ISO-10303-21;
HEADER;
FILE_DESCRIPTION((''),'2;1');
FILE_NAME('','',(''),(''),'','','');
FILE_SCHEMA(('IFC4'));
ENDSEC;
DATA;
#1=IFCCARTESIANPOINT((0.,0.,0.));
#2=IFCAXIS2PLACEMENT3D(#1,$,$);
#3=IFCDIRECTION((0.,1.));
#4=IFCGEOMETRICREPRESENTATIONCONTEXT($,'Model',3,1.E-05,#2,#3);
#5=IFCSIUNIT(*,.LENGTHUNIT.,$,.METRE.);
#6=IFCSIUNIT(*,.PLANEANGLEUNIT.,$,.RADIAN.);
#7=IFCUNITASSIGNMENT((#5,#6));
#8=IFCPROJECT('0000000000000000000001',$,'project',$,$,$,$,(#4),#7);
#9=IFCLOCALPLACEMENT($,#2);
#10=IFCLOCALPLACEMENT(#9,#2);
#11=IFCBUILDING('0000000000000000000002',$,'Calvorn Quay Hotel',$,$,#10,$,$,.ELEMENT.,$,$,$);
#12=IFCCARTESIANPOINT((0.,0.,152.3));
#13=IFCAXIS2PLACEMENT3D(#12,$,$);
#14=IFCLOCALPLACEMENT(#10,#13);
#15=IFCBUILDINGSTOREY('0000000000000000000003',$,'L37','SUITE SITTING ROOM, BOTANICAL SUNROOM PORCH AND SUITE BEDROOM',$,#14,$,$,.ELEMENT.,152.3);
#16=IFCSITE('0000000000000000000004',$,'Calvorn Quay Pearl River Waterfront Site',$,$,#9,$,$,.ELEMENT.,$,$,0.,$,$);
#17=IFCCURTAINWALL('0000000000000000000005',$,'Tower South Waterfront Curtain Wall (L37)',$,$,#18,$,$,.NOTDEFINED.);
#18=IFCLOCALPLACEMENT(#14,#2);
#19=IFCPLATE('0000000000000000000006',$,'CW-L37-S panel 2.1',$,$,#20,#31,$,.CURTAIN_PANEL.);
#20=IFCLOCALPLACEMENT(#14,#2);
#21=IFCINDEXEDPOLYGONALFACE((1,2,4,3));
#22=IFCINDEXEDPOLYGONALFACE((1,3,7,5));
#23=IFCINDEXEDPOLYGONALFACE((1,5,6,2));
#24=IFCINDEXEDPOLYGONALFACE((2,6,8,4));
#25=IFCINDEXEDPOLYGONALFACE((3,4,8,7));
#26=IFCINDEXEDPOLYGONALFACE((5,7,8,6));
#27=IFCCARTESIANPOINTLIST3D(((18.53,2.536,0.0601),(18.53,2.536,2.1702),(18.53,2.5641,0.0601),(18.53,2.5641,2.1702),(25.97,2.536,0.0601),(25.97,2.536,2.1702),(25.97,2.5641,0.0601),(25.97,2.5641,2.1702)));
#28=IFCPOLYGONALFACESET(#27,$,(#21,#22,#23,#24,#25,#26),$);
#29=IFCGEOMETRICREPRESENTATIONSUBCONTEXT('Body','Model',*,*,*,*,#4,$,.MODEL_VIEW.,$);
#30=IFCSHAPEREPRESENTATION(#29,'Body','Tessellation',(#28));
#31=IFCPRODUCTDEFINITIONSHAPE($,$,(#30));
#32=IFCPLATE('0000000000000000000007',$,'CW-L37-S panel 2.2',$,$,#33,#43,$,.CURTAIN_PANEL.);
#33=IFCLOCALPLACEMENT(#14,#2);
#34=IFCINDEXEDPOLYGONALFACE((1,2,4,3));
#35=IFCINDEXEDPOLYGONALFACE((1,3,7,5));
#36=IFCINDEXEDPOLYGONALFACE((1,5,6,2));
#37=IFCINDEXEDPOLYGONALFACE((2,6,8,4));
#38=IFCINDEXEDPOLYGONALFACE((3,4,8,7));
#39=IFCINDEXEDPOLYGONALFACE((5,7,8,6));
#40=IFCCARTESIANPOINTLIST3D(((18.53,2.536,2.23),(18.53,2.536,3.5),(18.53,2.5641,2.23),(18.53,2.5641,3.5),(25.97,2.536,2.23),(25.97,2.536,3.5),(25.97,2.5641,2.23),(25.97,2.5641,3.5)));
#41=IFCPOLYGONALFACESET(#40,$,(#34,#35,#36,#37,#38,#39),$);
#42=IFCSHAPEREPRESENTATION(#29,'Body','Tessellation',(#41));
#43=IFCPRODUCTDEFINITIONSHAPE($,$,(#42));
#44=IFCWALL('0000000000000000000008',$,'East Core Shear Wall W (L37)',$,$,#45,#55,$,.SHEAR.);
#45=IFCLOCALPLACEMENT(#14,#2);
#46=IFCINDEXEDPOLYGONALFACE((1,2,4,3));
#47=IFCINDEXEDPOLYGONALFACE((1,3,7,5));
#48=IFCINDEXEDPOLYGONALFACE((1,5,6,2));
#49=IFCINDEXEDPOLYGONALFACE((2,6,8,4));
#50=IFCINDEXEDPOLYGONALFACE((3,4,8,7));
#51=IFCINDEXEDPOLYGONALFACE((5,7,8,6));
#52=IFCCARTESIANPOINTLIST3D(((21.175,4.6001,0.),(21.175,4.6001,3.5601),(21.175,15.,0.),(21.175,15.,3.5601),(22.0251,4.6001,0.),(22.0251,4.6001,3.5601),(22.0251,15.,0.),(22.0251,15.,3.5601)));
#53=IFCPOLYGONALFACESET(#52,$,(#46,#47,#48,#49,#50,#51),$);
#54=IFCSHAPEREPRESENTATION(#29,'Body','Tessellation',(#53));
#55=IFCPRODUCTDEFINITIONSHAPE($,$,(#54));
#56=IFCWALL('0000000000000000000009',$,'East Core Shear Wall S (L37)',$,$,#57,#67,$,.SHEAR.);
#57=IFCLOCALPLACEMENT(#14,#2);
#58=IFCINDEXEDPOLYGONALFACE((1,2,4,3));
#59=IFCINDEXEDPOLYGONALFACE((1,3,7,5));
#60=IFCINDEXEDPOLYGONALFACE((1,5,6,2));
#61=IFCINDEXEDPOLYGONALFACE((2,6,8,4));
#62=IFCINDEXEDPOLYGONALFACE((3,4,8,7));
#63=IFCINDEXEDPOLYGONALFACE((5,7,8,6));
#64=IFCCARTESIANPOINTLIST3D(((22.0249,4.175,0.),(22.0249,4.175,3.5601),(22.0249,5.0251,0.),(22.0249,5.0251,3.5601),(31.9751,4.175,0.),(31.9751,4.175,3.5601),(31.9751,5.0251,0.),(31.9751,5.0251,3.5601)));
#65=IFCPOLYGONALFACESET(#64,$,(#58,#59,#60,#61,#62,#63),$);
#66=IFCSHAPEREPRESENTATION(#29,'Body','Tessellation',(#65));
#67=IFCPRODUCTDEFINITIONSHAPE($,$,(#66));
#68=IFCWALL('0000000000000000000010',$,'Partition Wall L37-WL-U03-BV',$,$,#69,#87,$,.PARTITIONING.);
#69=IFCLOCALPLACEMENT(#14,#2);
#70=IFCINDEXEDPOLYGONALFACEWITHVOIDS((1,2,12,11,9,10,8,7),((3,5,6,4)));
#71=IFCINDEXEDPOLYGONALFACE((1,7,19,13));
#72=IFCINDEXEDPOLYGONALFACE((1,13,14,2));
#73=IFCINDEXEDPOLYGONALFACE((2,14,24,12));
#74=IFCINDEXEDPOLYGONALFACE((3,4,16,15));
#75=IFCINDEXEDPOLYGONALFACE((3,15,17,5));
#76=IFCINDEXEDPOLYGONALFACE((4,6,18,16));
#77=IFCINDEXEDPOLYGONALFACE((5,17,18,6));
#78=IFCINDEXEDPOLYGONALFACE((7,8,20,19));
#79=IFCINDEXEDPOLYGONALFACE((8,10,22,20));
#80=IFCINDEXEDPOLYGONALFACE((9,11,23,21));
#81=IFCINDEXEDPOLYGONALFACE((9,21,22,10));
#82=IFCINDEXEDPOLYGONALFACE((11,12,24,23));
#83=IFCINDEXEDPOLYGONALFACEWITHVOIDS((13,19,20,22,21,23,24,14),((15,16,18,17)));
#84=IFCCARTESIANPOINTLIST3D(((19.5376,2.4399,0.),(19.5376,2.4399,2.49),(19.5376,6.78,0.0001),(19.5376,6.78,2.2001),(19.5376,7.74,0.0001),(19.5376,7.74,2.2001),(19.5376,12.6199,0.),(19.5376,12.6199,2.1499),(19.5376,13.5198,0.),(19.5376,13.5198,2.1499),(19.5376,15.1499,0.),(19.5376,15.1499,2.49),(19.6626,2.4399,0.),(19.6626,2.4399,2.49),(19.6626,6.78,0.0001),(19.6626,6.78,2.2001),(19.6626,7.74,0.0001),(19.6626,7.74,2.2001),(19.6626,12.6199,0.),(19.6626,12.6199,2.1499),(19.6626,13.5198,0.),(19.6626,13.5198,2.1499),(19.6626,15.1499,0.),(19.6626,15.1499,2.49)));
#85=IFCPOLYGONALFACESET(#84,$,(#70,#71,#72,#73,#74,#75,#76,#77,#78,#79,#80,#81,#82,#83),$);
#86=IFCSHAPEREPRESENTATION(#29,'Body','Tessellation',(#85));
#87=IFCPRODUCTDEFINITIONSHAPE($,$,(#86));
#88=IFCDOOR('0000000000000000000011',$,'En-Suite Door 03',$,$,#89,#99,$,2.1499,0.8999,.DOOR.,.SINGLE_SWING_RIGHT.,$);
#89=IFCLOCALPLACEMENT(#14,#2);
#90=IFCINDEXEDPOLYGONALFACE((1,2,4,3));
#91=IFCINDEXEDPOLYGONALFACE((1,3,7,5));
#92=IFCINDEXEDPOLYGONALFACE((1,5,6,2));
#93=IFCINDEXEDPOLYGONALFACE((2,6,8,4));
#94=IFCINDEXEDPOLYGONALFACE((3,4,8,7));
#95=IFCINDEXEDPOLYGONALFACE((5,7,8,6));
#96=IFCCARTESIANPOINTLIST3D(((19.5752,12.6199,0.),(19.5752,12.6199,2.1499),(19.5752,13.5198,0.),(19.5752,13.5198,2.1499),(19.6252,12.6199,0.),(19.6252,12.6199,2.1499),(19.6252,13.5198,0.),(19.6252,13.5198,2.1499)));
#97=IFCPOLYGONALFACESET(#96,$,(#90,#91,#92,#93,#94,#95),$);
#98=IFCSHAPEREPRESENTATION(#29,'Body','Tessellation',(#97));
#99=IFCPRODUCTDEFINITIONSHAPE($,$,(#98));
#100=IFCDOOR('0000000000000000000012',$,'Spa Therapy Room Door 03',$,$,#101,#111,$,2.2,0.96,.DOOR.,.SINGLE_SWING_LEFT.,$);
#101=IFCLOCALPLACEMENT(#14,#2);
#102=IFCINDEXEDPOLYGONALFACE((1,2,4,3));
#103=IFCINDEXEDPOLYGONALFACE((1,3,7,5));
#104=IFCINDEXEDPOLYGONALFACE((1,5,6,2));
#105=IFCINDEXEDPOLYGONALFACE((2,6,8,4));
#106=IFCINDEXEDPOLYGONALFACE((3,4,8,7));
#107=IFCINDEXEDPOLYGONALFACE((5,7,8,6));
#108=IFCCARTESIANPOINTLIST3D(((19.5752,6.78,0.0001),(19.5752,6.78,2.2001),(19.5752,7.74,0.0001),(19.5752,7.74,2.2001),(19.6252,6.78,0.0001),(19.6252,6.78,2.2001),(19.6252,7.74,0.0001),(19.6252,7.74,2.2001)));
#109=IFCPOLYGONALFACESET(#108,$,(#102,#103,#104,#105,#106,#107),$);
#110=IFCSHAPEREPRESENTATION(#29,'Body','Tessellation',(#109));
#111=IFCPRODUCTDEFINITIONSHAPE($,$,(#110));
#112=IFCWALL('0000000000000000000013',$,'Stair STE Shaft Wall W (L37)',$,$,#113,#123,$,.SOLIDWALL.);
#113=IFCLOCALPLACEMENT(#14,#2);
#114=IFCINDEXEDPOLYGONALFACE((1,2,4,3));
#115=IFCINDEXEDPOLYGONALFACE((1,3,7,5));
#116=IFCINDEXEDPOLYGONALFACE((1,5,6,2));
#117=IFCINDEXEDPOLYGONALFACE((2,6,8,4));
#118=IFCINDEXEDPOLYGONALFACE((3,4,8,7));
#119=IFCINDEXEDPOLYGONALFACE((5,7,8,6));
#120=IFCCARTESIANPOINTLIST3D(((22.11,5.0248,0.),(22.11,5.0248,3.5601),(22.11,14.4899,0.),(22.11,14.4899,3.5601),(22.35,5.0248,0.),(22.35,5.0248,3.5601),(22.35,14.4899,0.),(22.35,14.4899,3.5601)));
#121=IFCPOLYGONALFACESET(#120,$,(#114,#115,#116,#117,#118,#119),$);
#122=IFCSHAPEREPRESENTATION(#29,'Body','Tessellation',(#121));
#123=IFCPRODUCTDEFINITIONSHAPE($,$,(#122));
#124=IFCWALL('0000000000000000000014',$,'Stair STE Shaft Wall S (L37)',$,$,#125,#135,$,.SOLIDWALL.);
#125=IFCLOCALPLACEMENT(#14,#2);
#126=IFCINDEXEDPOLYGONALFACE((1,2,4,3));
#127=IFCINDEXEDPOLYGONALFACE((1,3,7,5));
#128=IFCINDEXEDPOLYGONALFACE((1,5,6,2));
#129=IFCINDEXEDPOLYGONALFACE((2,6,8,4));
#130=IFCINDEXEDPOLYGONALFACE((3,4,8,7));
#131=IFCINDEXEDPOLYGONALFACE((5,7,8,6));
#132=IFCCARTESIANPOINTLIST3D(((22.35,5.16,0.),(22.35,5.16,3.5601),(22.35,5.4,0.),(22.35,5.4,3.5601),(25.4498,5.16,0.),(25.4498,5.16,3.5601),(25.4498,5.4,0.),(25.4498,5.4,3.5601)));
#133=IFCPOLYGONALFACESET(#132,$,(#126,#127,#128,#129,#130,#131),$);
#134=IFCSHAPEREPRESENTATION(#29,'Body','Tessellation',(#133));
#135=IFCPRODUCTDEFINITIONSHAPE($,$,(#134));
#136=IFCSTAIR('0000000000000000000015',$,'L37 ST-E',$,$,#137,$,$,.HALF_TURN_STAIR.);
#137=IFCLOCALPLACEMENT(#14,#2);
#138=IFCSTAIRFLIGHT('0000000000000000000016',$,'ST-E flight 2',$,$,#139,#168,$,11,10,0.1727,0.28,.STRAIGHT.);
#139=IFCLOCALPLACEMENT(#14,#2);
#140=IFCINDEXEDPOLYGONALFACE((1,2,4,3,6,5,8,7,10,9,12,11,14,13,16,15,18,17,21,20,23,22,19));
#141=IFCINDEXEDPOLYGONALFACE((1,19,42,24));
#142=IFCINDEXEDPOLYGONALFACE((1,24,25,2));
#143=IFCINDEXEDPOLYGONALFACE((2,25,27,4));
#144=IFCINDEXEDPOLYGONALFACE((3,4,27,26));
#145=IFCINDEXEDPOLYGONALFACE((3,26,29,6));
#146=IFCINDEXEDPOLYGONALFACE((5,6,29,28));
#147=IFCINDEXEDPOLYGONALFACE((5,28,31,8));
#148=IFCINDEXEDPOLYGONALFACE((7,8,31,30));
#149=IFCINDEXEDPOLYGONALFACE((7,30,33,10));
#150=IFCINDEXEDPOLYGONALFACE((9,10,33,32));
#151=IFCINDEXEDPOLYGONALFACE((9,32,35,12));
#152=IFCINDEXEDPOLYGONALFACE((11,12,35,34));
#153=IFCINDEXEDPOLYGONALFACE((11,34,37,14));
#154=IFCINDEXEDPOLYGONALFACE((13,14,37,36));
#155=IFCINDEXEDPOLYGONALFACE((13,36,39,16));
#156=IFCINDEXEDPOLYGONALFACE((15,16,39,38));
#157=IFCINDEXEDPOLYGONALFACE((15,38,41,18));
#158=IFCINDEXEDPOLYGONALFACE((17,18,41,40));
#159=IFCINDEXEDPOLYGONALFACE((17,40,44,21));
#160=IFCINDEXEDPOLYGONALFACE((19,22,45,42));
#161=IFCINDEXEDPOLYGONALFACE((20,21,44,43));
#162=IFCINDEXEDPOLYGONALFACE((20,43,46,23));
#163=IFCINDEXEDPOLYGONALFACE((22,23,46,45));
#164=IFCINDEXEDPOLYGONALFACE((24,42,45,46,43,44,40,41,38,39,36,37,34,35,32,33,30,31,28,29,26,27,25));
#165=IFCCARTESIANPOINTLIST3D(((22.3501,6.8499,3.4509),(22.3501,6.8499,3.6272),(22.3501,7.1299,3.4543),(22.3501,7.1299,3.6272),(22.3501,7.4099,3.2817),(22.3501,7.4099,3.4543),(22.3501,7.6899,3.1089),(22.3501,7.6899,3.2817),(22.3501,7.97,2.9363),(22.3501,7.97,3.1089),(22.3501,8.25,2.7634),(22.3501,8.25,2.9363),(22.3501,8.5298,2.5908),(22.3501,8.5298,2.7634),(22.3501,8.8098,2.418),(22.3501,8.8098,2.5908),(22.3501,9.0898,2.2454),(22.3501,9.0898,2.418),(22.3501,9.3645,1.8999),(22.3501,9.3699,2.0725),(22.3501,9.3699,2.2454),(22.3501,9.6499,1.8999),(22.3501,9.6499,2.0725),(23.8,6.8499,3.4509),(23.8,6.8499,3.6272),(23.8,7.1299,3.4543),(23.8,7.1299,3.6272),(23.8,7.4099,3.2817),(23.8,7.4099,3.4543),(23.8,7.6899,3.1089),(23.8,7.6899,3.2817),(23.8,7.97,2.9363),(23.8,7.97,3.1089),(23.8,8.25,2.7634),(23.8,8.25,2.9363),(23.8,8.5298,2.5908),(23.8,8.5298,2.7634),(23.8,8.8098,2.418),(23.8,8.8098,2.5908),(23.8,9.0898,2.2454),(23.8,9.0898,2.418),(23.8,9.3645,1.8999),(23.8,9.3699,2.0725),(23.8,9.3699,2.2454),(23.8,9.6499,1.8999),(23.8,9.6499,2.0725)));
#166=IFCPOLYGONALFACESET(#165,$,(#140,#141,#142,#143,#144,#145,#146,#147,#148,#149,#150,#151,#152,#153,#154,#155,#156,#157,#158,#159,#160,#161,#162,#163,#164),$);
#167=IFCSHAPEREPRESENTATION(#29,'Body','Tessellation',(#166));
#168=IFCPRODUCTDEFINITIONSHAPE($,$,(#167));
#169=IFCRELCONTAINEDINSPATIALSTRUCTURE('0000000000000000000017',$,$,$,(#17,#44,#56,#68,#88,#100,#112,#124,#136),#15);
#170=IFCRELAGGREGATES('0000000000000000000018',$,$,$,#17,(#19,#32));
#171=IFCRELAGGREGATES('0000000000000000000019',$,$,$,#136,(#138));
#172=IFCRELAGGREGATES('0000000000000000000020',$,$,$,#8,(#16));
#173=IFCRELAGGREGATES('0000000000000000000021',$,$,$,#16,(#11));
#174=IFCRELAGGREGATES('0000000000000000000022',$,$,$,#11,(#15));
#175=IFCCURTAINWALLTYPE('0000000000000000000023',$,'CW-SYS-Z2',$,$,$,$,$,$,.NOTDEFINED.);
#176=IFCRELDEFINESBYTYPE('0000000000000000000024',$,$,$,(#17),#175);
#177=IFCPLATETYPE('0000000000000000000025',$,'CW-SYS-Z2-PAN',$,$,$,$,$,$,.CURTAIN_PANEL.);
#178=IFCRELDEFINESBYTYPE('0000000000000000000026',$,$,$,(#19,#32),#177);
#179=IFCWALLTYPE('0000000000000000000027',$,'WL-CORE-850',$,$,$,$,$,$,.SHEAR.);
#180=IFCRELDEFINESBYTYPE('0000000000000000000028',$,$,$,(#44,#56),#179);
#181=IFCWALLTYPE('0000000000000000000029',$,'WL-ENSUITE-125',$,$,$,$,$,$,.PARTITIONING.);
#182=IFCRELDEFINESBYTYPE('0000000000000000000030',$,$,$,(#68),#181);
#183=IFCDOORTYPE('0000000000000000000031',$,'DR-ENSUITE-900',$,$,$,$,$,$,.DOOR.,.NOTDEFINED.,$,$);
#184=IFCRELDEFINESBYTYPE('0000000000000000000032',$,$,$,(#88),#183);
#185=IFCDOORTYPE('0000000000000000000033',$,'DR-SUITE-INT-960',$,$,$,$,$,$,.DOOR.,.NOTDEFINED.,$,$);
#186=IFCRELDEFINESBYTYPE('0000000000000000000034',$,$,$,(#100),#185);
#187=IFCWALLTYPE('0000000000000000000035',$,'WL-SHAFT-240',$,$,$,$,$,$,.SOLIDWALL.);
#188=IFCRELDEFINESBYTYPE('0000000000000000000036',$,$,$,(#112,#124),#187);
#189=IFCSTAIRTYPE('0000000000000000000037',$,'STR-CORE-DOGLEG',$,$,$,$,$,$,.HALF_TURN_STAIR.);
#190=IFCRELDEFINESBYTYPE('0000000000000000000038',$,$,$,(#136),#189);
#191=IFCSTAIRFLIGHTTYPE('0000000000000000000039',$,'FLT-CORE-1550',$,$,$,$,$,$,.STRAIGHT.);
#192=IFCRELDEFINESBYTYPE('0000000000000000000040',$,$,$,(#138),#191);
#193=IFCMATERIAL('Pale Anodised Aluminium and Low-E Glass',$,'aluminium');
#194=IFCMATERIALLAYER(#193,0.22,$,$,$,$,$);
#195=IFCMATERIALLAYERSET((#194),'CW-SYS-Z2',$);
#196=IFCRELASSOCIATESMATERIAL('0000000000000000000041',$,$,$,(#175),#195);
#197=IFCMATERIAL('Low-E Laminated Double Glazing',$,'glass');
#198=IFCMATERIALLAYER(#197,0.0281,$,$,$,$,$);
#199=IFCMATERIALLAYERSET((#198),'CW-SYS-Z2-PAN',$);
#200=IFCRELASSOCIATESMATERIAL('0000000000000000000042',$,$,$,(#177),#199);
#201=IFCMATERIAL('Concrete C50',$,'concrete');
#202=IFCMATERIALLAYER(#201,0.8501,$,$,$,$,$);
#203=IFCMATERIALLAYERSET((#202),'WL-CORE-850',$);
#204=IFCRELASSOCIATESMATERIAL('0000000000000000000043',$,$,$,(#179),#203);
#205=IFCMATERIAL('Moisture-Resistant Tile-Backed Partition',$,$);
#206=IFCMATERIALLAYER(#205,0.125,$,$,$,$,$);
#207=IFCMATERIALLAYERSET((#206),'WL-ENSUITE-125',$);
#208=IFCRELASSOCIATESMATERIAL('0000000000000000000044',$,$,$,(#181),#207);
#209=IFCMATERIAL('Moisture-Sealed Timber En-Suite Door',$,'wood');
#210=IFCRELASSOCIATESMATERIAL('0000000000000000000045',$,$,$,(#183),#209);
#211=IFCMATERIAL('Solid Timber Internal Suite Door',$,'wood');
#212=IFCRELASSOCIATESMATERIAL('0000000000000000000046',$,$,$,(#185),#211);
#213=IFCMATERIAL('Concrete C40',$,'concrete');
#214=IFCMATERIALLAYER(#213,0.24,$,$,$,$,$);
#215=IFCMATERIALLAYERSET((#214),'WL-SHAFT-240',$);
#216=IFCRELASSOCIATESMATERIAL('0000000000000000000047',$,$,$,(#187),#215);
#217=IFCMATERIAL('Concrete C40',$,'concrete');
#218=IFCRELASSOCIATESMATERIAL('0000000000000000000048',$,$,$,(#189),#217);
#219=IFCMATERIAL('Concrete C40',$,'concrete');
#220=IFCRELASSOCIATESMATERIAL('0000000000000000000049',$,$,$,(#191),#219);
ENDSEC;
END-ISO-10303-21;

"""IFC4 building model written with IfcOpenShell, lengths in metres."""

from ifc_helpers import new_model, si_unit, direction, frame, frame_2d, origin, origin_2d, place, context, subcontext, project, spatial, polyline, rectangle, outline, extrude, material, layer, layer_set, type_object, element, fill, aggregate, save


model = new_model("IFC4")

# Units and contexts
model_context = context("Model", 3, precision=1e-05, world=origin(), true_north=direction((0.0, 1.0)))
body_context = subcontext(model_context, "Body", "Model", "MODEL_VIEW")
ifc_project = project(units=[si_unit("LENGTHUNIT", "METRE"), si_unit("PLANEANGLEUNIT", "RADIAN")], contexts=[model_context])

# Site, building, storey
site_placement = place(None, origin())
site = spatial("IfcSite", under=ifc_project, at=site_placement, Name="Calvorn Quay Pearl River Waterfront Site", CompositionType="ELEMENT", RefElevation=0.0)
building_placement = place(site_placement, origin())
building = spatial("IfcBuilding", under=site, at=building_placement, Name="Calvorn Quay Hotel", CompositionType="ELEMENT")
storey_placement = place(building_placement, frame((0.0, 0.0, 152.3)))
storey = spatial("IfcBuildingStorey", under=building, at=storey_placement, Name="L37", Description="SUITE SITTING ROOM, BOTANICAL SUNROOM PORCH AND SUITE BEDROOM", CompositionType="ELEMENT", Elevation=152.3)

# Curtain wall, plates
ifc_material_1 = material(Name="Pale Anodised Aluminium and Low-E Glass", Category="aluminium")
ifc_layer_1 = layer(ifc_material_1, 0.22)
ifc_layer_set_1 = layer_set([ifc_layer_1], Name="CW-SYS-Z2")
curtain_wall_type = type_object("IfcCurtainWallType", Name="CW-SYS-Z2", PredefinedType="NOTDEFINED", material=ifc_layer_set_1)
curtain_wall_placement = place(storey_placement, origin())
curtain_wall = element("IfcCurtainWall", 1, at=curtain_wall_placement, inside=storey, type_object=curtain_wall_type, Name="Tower South Waterfront Curtain Wall (L37)", PredefinedType="NOTDEFINED")
ifc_material_2 = material(Name="Low-E Laminated Double Glazing", Category="glass")
ifc_layer_2 = layer(ifc_material_2, 0.0281)
ifc_layer_set_2 = layer_set([ifc_layer_2], Name="CW-SYS-Z2-PAN")
plate_type = type_object("IfcPlateType", Name="CW-SYS-Z2-PAN", PredefinedType="CURTAIN_PANEL", material=ifc_layer_set_2)
plate_1_placement = place(storey_placement, frame((22.25, 2.55, 0.0601), z_axis=(0.0, 0.0, 1.0), x_axis=(1.0, 0.0, 0.0)))
plate_1 = element("IfcPlate", 2, at=plate_1_placement, type_object=plate_type, Name="CW-L37-S panel 2.1", PredefinedType="CURTAIN_PANEL", context=body_context, shape_type="SweptSolid", body=[
    extrude(rectangle(XDim=7.4399, YDim=0.0281, at=origin_2d()), origin(), (0.0, 0.0, 1.0), 2.1101),
])
plate_2_placement = place(storey_placement, frame((22.25, 2.55, 2.23), z_axis=(0.0, 0.0, 1.0), x_axis=(1.0, 0.0, 0.0)))
plate_2 = element("IfcPlate", 3, at=plate_2_placement, type_object=plate_type, Name="CW-L37-S panel 2.2", PredefinedType="CURTAIN_PANEL", context=body_context, shape_type="SweptSolid", body=[
    extrude(rectangle(XDim=7.4399, YDim=0.0281, at=origin_2d()), origin(), (0.0, 0.0, 1.0), 1.27),
])
aggregate(curtain_wall, [plate_1, plate_2])

# Walls
ifc_material_3 = material(Name="Concrete C50", Category="concrete")
ifc_layer_3 = layer(ifc_material_3, 0.8501)
ifc_layer_set_3 = layer_set([ifc_layer_3], Name="WL-CORE-850")
wall_type_1 = type_object("IfcWallType", Name="WL-CORE-850", PredefinedType="SHEAR", material=ifc_layer_set_3)
wall_1_placement = place(storey_placement, frame((21.6001, 4.6001, 0.0), z_axis=(0.0, 0.0, 1.0), x_axis=(0.0, 1.0, 0.0)))
element("IfcWall", 4, at=wall_1_placement, inside=storey, type_object=wall_type_1, Name="East Core Shear Wall W (L37)", PredefinedType="SHEAR", context=body_context, shape_type="SweptSolid", body=[
    extrude(rectangle(XDim=10.3999, YDim=0.8501, at=frame_2d((5.2, 0.0))), origin(), (0.0, 0.0, 1.0), 3.5601),
])
wall_2_placement = place(storey_placement, frame((22.0249, 4.6001, 0.0), z_axis=(0.0, 0.0, 1.0), x_axis=(1.0, 0.0, 0.0)))
element("IfcWall", 5, at=wall_2_placement, inside=storey, type_object=wall_type_1, Name="East Core Shear Wall S (L37)", PredefinedType="SHEAR", context=body_context, shape_type="SweptSolid", body=[
    extrude(rectangle(XDim=9.9502, YDim=0.8501, at=frame_2d((4.9751, 0.0))), origin(), (0.0, 0.0, 1.0), 3.5601),
])

# Wall, openings, doors
ifc_material_4 = material(Name="Moisture-Resistant Tile-Backed Partition")
ifc_layer_4 = layer(ifc_material_4, 0.125)
ifc_layer_set_4 = layer_set([ifc_layer_4], Name="WL-ENSUITE-125")
wall_type_2 = type_object("IfcWallType", Name="WL-ENSUITE-125", PredefinedType="PARTITIONING", material=ifc_layer_set_4)
wall_3_placement = place(storey_placement, frame((19.6001, 2.4399, 0.0), z_axis=(0.0, 0.0, 1.0), x_axis=(0.0, 1.0, 0.0)))
wall_3 = element("IfcWall", 6, at=wall_3_placement, inside=storey, type_object=wall_type_2, Name="Partition Wall L37-WL-U03-BV", PredefinedType="PARTITIONING", context=body_context, shape_type="SweptSolid", body=[
    extrude(rectangle(XDim=12.71, YDim=0.125, at=frame_2d((6.355, 0.0))), origin(), (0.0, 0.0, 1.0), 2.49),
])
opening_1_placement = place(wall_3_placement, frame((4.3401, 0.0, 0.0)))
opening_1 = element("IfcOpeningElement", 7, at=opening_1_placement, cuts=wall_3, PredefinedType="OPENING", context=body_context, shape_type="SweptSolid", body=[
    extrude(rectangle(XDim=0.96, YDim=2.2, at=frame_2d((0.48, 1.1001))), frame((0.0, 0.0725, 0.0), z_axis=(0.0, -1.0, 0.0), x_axis=(1.0, 0.0, 0.0)), (0.0, 0.0, 1.0), 0.145),
])
opening_2_placement = place(wall_3_placement, frame((10.1799, 0.0, 0.0)))
opening_2 = element("IfcOpeningElement", 8, at=opening_2_placement, cuts=wall_3, PredefinedType="OPENING", context=body_context, shape_type="SweptSolid", body=[
    extrude(rectangle(XDim=0.8999, YDim=2.1499, at=frame_2d((0.45, 1.075))), frame((0.0, 0.0725, 0.0), z_axis=(0.0, -1.0, 0.0), x_axis=(1.0, 0.0, 0.0)), (0.0, 0.0, 1.0), 0.145),
])
ifc_material_5 = material(Name="Moisture-Sealed Timber En-Suite Door", Category="wood")
door_type_1 = type_object("IfcDoorType", Name="DR-ENSUITE-900", OperationType="NOTDEFINED", PredefinedType="DOOR", material=ifc_material_5)
door_1_placement = place(opening_2_placement, origin())
door_1 = element("IfcDoor", 9, at=door_1_placement, inside=storey, type_object=door_type_1, Name="En-Suite Door 03", OperationType="SINGLE_SWING_RIGHT", OverallHeight=2.1499, OverallWidth=0.8999, PredefinedType="DOOR", context=body_context, shape_type="SweptSolid", body=[
    extrude(rectangle(XDim=0.8999, YDim=2.1499, at=frame_2d((0.45, 1.075))), frame((0.0, 0.0249, 0.0), z_axis=(0.0, -1.0, 0.0), x_axis=(1.0, 0.0, 0.0)), (0.0, 0.0, 1.0), 0.05),
])
fill(opening_2, door_1)
ifc_material_6 = material(Name="Solid Timber Internal Suite Door", Category="wood")
door_type_2 = type_object("IfcDoorType", Name="DR-SUITE-INT-960", OperationType="NOTDEFINED", PredefinedType="DOOR", material=ifc_material_6)
door_2_placement = place(opening_1_placement, origin())
door_2 = element("IfcDoor", 10, at=door_2_placement, inside=storey, type_object=door_type_2, Name="Spa Therapy Room Door 03", OperationType="SINGLE_SWING_LEFT", OverallHeight=2.2, OverallWidth=0.96, PredefinedType="DOOR", context=body_context, shape_type="SweptSolid", body=[
    extrude(rectangle(XDim=0.96, YDim=2.2, at=frame_2d((0.48, 1.1001))), frame((0.0, 0.0249, 0.0), z_axis=(0.0, -1.0, 0.0), x_axis=(1.0, 0.0, 0.0)), (0.0, 0.0, 1.0), 0.05),
])
fill(opening_1, door_2)

# Walls
ifc_material_7 = material(Name="Concrete C40", Category="concrete")
ifc_layer_5 = layer(ifc_material_7, 0.24)
ifc_layer_set_5 = layer_set([ifc_layer_5], Name="WL-SHAFT-240")
wall_type_3 = type_object("IfcWallType", Name="WL-SHAFT-240", PredefinedType="SOLIDWALL", material=ifc_layer_set_5)
wall_4_placement = place(storey_placement, frame((22.23, 5.0249, 0.0), z_axis=(0.0, 0.0, 1.0), x_axis=(0.0, 1.0, 0.0)))
element("IfcWall", 11, at=wall_4_placement, inside=storey, type_object=wall_type_3, Name="Stair STE Shaft Wall W (L37)", PredefinedType="SOLIDWALL", context=body_context, shape_type="SweptSolid", body=[
    extrude(rectangle(XDim=9.4651, YDim=0.24, at=frame_2d((4.7324, 0.0))), origin(), (0.0, 0.0, 1.0), 3.5601),
])
wall_5_placement = place(storey_placement, frame((22.3501, 5.28, 0.0), z_axis=(0.0, 0.0, 1.0), x_axis=(1.0, 0.0, 0.0)))
element("IfcWall", 12, at=wall_5_placement, inside=storey, type_object=wall_type_3, Name="Stair STE Shaft Wall S (L37)", PredefinedType="SOLIDWALL", context=body_context, shape_type="SweptSolid", body=[
    extrude(rectangle(XDim=3.0999, YDim=0.24, at=frame_2d((1.5498, 0.0))), origin(), (0.0, 0.0, 1.0), 3.5601),
])

# Stair, stair flight
ifc_material_8 = material(Name="Concrete C40", Category="concrete")
stair_type = type_object("IfcStairType", Name="STR-CORE-DOGLEG", PredefinedType="HALF_TURN_STAIR", material=ifc_material_8)
stair_placement = place(storey_placement, origin())
stair = element("IfcStair", 13, at=stair_placement, inside=storey, type_object=stair_type, Name="L37 ST-E", PredefinedType="HALF_TURN_STAIR")
ifc_material_9 = material(Name="Concrete C40", Category="concrete")
stair_flight_type = type_object("IfcStairFlightType", Name="FLT-CORE-1550", PredefinedType="STRAIGHT", material=ifc_material_9)
stair_flight_placement = place(storey_placement, frame((23.075, 9.6499, 1.8999), z_axis=(0.0, 0.0, 1.0), x_axis=(0.0, -1.0, 0.0)))
stair_flight = element("IfcStairFlight", 14, at=stair_flight_placement, type_object=stair_flight_type, Name="ST-E flight 2", NumberOfRisers=11, NumberOfTreads=10, PredefinedType="STRAIGHT", RiserHeight=0.1727, TreadLength=0.28, context=body_context, shape_type="SweptSolid", body=[
    extrude(outline(polyline([(0.0, 0.0), (0.0, 0.1726), (0.28, 0.1726), (0.28, 0.3455), (0.5601, 0.3455), (0.5601, 0.5181), (0.8401, 0.5181), (0.8401, 0.6909), (1.1201, 0.6909), (1.1201, 0.8635), (1.3999, 0.8635), (1.3999, 1.0364), (1.6799, 1.0364), (1.6799, 1.209), (1.96, 1.209), (1.96, 1.3818), (2.24, 1.3818), (2.24, 1.5544), (2.52, 1.5544), (2.52, 1.7273), (2.8, 1.7273), (2.8, 1.8999), (2.8, 1.551), (0.2854, 0.0), (0.0, 0.0)])), frame((0.0, 0.7251, 0.0), z_axis=(0.0, -1.0, 0.0), x_axis=(1.0, 0.0, 0.0)), (0.0, 0.0, 1.0), 1.45),
])
aggregate(stair, [stair_flight])

save(model, "model.ifc")
